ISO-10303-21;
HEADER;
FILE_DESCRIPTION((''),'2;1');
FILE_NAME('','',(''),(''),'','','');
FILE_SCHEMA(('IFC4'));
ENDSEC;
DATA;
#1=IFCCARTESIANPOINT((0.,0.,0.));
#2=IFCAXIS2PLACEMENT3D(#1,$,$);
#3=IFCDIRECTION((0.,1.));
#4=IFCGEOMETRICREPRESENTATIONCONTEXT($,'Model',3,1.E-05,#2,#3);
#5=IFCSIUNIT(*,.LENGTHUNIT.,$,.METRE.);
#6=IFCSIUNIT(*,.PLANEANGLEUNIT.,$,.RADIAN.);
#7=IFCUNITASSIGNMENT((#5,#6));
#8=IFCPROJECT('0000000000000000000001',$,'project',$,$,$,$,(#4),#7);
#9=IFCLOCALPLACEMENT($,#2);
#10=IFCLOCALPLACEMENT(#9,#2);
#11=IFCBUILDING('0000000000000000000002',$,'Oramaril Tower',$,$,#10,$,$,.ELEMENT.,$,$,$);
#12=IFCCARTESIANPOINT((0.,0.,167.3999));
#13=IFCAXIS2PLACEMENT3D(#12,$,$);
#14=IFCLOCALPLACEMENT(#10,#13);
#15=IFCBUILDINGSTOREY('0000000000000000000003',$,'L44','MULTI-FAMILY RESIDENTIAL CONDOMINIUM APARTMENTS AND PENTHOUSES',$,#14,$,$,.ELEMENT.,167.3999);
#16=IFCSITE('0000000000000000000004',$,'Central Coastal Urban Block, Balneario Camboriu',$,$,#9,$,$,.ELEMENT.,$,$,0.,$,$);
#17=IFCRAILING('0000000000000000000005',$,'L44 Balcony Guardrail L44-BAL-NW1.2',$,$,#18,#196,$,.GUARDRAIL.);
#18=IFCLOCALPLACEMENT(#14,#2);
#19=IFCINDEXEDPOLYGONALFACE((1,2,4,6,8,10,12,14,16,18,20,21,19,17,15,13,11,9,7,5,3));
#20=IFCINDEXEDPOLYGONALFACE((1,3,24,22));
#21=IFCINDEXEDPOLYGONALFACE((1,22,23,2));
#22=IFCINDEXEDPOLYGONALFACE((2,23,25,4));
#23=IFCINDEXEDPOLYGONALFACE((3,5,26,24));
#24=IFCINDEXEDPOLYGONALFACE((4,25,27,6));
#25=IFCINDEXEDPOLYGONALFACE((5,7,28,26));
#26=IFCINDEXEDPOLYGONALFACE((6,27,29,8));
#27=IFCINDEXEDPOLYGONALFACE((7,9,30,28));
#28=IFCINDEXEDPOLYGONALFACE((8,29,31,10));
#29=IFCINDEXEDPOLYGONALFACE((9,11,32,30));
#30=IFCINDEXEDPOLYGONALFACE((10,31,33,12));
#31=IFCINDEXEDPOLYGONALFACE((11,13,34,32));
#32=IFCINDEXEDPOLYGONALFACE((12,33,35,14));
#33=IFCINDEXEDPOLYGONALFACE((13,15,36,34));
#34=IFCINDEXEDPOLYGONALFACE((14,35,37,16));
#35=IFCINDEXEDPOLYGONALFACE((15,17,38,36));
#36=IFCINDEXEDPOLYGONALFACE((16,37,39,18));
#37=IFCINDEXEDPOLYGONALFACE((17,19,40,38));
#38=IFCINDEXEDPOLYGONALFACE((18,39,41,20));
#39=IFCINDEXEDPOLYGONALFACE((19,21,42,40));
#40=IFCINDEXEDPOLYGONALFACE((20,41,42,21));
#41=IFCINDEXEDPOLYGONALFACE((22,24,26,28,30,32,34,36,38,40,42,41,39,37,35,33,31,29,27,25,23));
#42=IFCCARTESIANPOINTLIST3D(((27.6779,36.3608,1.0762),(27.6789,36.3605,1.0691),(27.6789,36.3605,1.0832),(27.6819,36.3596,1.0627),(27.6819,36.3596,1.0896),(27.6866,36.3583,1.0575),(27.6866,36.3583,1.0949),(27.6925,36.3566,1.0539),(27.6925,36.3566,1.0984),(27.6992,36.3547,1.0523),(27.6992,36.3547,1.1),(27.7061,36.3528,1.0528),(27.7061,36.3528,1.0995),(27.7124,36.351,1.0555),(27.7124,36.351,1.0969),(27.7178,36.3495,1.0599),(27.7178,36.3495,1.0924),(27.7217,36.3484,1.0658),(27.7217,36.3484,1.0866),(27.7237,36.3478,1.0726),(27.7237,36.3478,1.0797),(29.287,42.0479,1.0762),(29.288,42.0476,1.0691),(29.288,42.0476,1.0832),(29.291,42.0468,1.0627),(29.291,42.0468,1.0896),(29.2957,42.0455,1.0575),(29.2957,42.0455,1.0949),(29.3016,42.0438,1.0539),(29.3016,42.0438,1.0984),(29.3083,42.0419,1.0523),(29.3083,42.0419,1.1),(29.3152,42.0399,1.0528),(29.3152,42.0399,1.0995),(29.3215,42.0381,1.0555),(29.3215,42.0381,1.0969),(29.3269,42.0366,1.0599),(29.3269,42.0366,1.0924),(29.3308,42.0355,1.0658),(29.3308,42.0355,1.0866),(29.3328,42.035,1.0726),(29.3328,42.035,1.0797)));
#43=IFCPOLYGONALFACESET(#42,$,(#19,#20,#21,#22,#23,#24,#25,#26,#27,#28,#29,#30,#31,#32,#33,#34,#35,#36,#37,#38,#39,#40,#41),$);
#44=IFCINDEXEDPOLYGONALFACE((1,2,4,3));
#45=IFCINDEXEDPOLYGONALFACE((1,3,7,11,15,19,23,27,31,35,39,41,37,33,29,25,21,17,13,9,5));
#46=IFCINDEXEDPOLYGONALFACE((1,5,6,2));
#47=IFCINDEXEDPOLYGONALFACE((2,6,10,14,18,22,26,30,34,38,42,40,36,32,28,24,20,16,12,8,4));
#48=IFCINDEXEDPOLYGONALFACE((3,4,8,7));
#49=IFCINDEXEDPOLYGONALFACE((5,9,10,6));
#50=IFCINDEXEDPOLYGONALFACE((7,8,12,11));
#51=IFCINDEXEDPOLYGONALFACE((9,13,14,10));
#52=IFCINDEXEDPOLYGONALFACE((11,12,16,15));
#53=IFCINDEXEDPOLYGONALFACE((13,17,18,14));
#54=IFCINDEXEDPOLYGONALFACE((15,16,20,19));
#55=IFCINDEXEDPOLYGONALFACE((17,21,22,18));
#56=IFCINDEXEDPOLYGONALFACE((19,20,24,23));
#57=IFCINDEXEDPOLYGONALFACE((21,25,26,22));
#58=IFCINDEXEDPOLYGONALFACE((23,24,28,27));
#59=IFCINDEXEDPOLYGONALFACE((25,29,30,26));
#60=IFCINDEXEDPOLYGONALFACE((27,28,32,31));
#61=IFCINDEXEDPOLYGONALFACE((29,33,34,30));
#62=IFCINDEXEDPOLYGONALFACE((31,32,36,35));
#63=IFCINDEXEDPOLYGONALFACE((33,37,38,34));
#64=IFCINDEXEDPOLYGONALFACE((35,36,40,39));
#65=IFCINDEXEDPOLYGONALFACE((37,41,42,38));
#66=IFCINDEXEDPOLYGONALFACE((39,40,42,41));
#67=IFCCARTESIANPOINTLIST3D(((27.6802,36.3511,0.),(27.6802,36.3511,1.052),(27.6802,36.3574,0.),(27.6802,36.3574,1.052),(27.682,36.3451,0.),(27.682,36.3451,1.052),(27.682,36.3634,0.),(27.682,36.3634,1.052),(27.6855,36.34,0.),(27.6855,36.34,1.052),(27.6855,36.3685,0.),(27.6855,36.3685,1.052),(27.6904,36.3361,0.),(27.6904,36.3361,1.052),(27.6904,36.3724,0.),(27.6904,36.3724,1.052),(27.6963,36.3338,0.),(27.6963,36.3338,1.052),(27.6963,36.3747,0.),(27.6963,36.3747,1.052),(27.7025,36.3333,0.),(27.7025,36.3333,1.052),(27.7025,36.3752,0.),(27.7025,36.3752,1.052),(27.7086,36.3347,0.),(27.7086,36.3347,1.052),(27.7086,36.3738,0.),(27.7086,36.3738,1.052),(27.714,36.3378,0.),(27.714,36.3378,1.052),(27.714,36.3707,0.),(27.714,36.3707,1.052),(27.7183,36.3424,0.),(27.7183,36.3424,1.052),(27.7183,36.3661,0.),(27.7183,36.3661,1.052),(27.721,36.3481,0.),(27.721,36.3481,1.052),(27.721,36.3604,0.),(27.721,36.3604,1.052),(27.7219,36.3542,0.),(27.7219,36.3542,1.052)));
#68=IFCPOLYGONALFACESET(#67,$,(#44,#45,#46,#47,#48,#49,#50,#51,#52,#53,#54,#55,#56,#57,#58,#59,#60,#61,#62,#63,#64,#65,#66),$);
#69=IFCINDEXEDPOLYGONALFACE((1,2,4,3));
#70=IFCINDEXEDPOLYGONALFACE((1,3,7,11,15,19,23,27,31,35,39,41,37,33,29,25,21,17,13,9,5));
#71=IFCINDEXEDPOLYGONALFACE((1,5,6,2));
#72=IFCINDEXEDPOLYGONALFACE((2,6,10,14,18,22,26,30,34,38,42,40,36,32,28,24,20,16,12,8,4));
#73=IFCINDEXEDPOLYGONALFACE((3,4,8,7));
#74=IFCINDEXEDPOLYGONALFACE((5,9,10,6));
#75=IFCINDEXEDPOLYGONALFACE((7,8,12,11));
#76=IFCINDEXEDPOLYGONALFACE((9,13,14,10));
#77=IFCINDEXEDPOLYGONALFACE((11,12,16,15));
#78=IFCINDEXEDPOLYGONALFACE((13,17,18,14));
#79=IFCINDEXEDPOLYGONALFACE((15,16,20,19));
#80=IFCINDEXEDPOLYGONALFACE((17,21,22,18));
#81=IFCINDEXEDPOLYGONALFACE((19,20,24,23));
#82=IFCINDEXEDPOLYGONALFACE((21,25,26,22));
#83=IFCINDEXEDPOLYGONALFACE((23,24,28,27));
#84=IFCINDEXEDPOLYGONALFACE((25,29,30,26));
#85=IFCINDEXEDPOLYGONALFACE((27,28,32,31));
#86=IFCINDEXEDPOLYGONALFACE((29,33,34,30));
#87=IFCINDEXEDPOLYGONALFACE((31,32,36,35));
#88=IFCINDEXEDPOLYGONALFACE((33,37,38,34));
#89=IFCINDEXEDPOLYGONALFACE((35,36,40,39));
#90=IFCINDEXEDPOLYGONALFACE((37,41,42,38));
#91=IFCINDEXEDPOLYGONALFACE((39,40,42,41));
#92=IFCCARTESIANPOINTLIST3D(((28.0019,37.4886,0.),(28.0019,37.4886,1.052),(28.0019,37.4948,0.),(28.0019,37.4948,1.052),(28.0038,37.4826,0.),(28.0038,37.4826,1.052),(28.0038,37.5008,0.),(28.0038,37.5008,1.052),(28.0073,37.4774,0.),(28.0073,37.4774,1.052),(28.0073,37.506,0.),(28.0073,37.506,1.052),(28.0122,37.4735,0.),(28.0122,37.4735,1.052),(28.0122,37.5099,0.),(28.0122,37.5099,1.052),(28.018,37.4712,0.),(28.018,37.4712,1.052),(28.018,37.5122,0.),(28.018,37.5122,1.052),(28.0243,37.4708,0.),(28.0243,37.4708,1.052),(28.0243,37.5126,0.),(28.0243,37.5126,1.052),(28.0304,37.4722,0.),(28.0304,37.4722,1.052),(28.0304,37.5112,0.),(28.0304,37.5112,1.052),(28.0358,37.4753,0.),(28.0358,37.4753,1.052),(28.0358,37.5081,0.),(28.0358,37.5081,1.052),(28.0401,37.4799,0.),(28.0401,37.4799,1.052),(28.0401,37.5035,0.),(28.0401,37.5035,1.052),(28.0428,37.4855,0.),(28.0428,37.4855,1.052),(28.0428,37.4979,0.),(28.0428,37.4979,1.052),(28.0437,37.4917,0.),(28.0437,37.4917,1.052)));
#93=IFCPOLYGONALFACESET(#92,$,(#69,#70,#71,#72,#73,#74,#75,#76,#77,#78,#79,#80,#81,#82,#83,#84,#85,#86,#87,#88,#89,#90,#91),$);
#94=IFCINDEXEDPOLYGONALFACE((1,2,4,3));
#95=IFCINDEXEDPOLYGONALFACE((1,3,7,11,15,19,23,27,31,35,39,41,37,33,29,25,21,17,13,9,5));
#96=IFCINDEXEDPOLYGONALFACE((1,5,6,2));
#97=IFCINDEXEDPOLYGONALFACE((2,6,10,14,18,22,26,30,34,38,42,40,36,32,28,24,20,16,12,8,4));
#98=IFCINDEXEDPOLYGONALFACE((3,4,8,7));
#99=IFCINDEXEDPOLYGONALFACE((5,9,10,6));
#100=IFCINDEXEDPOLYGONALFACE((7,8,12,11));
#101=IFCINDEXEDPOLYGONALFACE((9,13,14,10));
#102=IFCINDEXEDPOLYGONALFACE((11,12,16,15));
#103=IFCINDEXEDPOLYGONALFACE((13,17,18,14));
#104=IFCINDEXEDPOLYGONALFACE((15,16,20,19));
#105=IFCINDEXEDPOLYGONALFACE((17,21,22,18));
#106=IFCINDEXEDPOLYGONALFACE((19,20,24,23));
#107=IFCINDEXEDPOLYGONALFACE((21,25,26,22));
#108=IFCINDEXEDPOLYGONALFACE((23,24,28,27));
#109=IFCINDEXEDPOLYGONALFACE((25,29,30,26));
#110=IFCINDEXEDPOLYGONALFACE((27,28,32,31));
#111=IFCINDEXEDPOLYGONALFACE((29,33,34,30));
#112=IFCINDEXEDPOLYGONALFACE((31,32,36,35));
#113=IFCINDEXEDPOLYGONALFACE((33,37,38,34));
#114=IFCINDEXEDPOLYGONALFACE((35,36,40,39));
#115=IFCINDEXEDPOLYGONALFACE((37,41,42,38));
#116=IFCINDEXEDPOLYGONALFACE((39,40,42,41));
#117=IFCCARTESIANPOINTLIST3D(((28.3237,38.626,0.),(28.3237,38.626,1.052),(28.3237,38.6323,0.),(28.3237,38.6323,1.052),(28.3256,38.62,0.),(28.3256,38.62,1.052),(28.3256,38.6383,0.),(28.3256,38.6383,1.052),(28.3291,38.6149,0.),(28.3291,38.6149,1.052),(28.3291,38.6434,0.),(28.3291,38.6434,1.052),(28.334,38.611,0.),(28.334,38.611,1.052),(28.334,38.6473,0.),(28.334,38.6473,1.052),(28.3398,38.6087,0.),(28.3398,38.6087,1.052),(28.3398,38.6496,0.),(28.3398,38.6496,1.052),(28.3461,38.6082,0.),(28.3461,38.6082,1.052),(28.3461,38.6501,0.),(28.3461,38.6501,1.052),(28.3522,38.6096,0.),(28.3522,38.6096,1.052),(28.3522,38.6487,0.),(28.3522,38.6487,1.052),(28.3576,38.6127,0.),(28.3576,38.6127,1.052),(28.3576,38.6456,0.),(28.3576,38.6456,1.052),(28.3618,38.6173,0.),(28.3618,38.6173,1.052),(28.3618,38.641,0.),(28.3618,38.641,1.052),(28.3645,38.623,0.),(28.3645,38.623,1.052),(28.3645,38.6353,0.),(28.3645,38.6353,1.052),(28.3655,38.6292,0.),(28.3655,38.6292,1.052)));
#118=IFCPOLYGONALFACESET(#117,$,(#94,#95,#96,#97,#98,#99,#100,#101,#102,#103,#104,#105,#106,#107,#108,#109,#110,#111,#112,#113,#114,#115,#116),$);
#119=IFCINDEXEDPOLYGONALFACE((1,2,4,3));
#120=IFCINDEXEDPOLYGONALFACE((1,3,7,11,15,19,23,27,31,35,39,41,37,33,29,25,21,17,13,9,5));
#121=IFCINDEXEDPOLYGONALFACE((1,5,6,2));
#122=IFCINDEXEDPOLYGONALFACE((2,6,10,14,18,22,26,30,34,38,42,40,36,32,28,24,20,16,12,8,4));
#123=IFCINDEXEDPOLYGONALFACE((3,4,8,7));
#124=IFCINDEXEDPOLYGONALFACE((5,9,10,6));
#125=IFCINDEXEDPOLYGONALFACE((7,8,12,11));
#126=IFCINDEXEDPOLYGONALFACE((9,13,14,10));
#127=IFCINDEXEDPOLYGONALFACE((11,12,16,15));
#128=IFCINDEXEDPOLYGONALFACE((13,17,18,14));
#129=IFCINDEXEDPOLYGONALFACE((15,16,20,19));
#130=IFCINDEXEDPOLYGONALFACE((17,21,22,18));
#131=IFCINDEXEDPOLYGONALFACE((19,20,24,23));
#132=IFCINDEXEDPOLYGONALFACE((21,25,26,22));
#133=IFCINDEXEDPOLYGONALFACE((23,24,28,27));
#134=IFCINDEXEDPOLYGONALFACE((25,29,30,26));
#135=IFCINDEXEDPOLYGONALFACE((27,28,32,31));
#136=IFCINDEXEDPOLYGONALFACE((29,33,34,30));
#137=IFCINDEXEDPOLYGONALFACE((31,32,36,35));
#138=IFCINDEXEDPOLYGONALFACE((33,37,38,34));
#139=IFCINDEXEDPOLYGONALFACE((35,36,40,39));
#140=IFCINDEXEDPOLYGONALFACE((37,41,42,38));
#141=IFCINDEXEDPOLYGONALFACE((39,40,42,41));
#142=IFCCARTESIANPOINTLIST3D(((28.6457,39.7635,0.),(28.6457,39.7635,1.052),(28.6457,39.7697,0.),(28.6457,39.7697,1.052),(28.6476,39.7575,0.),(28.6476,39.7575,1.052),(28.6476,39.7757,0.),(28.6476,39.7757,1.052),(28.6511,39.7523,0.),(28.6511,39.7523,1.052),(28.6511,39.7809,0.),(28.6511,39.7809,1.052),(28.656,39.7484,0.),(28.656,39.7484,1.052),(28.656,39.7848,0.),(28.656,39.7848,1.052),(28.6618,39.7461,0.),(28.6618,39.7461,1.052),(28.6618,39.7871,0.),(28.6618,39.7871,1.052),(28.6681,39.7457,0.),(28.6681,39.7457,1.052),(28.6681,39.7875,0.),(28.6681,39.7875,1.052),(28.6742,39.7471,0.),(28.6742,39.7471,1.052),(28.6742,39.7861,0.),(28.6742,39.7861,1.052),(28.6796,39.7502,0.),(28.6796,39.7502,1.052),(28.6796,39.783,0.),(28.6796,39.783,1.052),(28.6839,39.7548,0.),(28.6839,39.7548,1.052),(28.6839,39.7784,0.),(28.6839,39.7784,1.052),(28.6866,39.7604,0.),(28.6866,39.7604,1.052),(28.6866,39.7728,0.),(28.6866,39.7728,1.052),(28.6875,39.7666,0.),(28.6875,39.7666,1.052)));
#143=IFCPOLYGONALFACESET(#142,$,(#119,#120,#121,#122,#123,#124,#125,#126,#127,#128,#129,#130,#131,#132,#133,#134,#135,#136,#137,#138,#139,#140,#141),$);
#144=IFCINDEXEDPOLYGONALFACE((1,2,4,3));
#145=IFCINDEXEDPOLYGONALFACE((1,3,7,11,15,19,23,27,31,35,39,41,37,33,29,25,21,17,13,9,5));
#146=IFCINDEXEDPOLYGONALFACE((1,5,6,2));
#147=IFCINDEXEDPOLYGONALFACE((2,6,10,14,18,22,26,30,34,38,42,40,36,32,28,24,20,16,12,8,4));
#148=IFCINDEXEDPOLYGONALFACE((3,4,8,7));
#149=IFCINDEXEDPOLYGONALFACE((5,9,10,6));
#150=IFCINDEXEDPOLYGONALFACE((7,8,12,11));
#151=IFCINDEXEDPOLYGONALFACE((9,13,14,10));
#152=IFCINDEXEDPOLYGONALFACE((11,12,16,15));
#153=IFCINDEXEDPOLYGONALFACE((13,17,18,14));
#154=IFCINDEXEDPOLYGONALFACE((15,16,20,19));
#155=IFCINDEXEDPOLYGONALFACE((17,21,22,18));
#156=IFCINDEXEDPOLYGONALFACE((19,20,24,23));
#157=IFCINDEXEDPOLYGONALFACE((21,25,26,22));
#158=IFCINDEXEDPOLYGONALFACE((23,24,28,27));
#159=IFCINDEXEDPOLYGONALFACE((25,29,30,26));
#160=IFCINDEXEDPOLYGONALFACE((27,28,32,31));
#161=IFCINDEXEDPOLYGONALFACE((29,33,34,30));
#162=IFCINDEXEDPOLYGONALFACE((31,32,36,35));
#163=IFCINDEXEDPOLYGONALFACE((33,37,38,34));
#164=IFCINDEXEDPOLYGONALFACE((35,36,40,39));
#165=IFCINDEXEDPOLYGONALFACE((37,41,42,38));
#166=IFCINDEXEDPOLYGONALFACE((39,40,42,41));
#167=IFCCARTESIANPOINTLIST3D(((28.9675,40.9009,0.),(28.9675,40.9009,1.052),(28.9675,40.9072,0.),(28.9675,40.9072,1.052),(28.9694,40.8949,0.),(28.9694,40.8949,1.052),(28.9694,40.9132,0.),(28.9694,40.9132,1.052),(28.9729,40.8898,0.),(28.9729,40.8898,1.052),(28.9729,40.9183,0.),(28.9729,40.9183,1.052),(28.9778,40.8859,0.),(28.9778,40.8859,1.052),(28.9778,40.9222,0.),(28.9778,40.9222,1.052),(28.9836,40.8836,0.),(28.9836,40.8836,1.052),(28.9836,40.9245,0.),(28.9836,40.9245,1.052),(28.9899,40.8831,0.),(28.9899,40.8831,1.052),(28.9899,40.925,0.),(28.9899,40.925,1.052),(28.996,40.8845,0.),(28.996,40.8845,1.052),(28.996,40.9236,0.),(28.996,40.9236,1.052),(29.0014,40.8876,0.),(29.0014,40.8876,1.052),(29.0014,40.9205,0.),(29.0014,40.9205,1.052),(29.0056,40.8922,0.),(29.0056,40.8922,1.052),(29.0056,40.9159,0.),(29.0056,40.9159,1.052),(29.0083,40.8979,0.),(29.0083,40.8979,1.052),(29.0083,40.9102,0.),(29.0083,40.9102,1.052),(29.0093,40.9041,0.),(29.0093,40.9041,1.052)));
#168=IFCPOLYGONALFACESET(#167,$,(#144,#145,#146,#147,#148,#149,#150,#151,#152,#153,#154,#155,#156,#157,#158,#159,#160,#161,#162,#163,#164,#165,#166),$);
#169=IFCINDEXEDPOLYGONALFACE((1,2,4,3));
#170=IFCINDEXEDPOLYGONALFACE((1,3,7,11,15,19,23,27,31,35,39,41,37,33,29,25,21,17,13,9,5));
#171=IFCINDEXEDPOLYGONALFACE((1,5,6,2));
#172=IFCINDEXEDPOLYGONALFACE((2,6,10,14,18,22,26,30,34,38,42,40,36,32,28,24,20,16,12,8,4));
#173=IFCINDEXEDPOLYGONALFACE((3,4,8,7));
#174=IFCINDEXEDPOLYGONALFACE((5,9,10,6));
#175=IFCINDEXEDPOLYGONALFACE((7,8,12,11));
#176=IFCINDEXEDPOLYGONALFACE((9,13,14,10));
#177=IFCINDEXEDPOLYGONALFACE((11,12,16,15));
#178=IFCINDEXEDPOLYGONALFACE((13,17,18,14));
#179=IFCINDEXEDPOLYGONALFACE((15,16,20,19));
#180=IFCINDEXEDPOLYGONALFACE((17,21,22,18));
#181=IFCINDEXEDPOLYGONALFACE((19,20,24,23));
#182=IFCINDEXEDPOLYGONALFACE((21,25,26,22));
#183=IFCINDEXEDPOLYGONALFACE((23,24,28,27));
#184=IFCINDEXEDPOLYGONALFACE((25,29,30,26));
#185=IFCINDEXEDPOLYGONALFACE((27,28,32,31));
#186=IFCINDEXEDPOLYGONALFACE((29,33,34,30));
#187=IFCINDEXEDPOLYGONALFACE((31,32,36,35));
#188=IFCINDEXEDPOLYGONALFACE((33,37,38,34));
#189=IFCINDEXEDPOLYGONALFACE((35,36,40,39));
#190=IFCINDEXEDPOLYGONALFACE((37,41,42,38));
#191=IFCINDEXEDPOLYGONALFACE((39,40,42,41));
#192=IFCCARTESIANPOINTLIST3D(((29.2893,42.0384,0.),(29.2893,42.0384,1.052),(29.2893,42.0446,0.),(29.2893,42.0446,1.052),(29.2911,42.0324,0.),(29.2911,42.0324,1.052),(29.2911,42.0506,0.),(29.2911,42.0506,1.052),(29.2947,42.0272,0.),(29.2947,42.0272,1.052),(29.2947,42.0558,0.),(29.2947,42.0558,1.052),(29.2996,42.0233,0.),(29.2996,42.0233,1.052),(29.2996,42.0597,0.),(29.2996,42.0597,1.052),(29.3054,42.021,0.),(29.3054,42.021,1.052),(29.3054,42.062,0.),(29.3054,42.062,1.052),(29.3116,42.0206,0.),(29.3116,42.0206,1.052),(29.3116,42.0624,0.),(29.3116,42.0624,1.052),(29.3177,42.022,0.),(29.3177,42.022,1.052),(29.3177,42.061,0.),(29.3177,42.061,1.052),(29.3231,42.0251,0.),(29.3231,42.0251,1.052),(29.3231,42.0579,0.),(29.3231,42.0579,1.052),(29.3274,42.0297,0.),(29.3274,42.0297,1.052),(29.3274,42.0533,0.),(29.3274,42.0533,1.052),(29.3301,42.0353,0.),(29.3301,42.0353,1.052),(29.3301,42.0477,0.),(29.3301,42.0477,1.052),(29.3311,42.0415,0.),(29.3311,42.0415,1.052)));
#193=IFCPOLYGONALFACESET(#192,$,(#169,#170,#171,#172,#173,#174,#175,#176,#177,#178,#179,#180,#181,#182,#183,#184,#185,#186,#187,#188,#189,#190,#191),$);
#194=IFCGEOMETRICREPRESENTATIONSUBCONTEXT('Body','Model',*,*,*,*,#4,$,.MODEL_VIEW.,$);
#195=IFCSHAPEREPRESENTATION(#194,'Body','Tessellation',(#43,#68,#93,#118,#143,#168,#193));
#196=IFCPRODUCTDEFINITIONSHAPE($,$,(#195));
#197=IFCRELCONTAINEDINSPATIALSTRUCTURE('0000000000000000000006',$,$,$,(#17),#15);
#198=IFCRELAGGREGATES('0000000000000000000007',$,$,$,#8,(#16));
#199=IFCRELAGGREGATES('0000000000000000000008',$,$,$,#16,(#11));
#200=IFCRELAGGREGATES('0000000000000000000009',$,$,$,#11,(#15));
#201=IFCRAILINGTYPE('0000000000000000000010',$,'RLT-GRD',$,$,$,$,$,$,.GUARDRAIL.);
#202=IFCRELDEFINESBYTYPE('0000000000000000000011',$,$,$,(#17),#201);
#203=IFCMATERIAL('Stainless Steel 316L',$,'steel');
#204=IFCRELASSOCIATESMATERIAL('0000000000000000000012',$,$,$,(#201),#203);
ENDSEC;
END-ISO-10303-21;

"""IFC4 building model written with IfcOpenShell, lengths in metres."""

from ifc_helpers import new_model, si_unit, direction, frame, origin, origin_2d, place, context, subcontext, project, spatial, circle, extrude, material, type_object, element, save


model = new_model("IFC4")

# Units and contexts
model_context = context("Model", 3, precision=1e-05, world=origin(), true_north=direction((0.0, 1.0)))
body_context = subcontext(model_context, "Body", "Model", "MODEL_VIEW")
ifc_project = project(units=[si_unit("LENGTHUNIT", "METRE"), si_unit("PLANEANGLEUNIT", "RADIAN")], contexts=[model_context])

# Site, building, storey
site_placement = place(None, origin())
site = spatial("IfcSite", under=ifc_project, at=site_placement, Name="Central Coastal Urban Block, Balneario Camboriu", CompositionType="ELEMENT", RefElevation=0.0)
building_placement = place(site_placement, origin())
building = spatial("IfcBuilding", under=site, at=building_placement, Name="Oramaril Tower", CompositionType="ELEMENT")
storey_placement = place(building_placement, frame((0.0, 0.0, 167.3999)))
storey = spatial("IfcBuildingStorey", under=building, at=storey_placement, Name="L44", Description="MULTI-FAMILY RESIDENTIAL CONDOMINIUM APARTMENTS AND PENTHOUSES", CompositionType="ELEMENT", Elevation=167.3999)

# Railing
ifc_material_1 = material(Name="Stainless Steel 316L", Category="steel")
railing_type = type_object("IfcRailingType", Name="RLT-GRD", PredefinedType="GUARDRAIL", material=ifc_material_1)
railing_1_placement = place(storey_placement, frame((27.7009, 36.3542, 0.0)))
element("IfcRailing", 1, at=railing_1_placement, inside=storey, type_object=railing_type, Name="L44 Balcony Guardrail L44-BAL-NW1.2", PredefinedType="GUARDRAIL", context=body_context, shape_type="SweptSolid", body=[
    extrude(circle(Radius=0.0239, at=origin_2d()), frame((0.0, 0.0, 1.0762), z_axis=(0.272249, 0.962227, 0.0), x_axis=(-0.962227, 0.272249, 0.0)), (0.0, 0.0, 1.0), 5.9104),
    extrude(circle(Radius=0.021, at=origin_2d()), origin(), (0.0, 0.0, 1.0), 1.052),
    extrude(circle(Radius=0.021, at=origin_2d()), frame((0.3218, 1.1375, 0.0)), (0.0, 0.0, 1.0), 1.052),
    extrude(circle(Radius=0.021, at=origin_2d()), frame((0.6436, 2.2749, 0.0)), (0.0, 0.0, 1.0), 1.052),
    extrude(circle(Radius=0.021, at=origin_2d()), frame((0.9656, 3.4124, 0.0)), (0.0, 0.0, 1.0), 1.052),
    extrude(circle(Radius=0.021, at=origin_2d()), frame((1.2874, 4.5498, 0.0)), (0.0, 0.0, 1.0), 1.052),
    extrude(circle(Radius=0.021, at=origin_2d()), frame((1.6091, 5.6873, 0.0)), (0.0, 0.0, 1.0), 1.052),
])

save(model, "model.ifc")
